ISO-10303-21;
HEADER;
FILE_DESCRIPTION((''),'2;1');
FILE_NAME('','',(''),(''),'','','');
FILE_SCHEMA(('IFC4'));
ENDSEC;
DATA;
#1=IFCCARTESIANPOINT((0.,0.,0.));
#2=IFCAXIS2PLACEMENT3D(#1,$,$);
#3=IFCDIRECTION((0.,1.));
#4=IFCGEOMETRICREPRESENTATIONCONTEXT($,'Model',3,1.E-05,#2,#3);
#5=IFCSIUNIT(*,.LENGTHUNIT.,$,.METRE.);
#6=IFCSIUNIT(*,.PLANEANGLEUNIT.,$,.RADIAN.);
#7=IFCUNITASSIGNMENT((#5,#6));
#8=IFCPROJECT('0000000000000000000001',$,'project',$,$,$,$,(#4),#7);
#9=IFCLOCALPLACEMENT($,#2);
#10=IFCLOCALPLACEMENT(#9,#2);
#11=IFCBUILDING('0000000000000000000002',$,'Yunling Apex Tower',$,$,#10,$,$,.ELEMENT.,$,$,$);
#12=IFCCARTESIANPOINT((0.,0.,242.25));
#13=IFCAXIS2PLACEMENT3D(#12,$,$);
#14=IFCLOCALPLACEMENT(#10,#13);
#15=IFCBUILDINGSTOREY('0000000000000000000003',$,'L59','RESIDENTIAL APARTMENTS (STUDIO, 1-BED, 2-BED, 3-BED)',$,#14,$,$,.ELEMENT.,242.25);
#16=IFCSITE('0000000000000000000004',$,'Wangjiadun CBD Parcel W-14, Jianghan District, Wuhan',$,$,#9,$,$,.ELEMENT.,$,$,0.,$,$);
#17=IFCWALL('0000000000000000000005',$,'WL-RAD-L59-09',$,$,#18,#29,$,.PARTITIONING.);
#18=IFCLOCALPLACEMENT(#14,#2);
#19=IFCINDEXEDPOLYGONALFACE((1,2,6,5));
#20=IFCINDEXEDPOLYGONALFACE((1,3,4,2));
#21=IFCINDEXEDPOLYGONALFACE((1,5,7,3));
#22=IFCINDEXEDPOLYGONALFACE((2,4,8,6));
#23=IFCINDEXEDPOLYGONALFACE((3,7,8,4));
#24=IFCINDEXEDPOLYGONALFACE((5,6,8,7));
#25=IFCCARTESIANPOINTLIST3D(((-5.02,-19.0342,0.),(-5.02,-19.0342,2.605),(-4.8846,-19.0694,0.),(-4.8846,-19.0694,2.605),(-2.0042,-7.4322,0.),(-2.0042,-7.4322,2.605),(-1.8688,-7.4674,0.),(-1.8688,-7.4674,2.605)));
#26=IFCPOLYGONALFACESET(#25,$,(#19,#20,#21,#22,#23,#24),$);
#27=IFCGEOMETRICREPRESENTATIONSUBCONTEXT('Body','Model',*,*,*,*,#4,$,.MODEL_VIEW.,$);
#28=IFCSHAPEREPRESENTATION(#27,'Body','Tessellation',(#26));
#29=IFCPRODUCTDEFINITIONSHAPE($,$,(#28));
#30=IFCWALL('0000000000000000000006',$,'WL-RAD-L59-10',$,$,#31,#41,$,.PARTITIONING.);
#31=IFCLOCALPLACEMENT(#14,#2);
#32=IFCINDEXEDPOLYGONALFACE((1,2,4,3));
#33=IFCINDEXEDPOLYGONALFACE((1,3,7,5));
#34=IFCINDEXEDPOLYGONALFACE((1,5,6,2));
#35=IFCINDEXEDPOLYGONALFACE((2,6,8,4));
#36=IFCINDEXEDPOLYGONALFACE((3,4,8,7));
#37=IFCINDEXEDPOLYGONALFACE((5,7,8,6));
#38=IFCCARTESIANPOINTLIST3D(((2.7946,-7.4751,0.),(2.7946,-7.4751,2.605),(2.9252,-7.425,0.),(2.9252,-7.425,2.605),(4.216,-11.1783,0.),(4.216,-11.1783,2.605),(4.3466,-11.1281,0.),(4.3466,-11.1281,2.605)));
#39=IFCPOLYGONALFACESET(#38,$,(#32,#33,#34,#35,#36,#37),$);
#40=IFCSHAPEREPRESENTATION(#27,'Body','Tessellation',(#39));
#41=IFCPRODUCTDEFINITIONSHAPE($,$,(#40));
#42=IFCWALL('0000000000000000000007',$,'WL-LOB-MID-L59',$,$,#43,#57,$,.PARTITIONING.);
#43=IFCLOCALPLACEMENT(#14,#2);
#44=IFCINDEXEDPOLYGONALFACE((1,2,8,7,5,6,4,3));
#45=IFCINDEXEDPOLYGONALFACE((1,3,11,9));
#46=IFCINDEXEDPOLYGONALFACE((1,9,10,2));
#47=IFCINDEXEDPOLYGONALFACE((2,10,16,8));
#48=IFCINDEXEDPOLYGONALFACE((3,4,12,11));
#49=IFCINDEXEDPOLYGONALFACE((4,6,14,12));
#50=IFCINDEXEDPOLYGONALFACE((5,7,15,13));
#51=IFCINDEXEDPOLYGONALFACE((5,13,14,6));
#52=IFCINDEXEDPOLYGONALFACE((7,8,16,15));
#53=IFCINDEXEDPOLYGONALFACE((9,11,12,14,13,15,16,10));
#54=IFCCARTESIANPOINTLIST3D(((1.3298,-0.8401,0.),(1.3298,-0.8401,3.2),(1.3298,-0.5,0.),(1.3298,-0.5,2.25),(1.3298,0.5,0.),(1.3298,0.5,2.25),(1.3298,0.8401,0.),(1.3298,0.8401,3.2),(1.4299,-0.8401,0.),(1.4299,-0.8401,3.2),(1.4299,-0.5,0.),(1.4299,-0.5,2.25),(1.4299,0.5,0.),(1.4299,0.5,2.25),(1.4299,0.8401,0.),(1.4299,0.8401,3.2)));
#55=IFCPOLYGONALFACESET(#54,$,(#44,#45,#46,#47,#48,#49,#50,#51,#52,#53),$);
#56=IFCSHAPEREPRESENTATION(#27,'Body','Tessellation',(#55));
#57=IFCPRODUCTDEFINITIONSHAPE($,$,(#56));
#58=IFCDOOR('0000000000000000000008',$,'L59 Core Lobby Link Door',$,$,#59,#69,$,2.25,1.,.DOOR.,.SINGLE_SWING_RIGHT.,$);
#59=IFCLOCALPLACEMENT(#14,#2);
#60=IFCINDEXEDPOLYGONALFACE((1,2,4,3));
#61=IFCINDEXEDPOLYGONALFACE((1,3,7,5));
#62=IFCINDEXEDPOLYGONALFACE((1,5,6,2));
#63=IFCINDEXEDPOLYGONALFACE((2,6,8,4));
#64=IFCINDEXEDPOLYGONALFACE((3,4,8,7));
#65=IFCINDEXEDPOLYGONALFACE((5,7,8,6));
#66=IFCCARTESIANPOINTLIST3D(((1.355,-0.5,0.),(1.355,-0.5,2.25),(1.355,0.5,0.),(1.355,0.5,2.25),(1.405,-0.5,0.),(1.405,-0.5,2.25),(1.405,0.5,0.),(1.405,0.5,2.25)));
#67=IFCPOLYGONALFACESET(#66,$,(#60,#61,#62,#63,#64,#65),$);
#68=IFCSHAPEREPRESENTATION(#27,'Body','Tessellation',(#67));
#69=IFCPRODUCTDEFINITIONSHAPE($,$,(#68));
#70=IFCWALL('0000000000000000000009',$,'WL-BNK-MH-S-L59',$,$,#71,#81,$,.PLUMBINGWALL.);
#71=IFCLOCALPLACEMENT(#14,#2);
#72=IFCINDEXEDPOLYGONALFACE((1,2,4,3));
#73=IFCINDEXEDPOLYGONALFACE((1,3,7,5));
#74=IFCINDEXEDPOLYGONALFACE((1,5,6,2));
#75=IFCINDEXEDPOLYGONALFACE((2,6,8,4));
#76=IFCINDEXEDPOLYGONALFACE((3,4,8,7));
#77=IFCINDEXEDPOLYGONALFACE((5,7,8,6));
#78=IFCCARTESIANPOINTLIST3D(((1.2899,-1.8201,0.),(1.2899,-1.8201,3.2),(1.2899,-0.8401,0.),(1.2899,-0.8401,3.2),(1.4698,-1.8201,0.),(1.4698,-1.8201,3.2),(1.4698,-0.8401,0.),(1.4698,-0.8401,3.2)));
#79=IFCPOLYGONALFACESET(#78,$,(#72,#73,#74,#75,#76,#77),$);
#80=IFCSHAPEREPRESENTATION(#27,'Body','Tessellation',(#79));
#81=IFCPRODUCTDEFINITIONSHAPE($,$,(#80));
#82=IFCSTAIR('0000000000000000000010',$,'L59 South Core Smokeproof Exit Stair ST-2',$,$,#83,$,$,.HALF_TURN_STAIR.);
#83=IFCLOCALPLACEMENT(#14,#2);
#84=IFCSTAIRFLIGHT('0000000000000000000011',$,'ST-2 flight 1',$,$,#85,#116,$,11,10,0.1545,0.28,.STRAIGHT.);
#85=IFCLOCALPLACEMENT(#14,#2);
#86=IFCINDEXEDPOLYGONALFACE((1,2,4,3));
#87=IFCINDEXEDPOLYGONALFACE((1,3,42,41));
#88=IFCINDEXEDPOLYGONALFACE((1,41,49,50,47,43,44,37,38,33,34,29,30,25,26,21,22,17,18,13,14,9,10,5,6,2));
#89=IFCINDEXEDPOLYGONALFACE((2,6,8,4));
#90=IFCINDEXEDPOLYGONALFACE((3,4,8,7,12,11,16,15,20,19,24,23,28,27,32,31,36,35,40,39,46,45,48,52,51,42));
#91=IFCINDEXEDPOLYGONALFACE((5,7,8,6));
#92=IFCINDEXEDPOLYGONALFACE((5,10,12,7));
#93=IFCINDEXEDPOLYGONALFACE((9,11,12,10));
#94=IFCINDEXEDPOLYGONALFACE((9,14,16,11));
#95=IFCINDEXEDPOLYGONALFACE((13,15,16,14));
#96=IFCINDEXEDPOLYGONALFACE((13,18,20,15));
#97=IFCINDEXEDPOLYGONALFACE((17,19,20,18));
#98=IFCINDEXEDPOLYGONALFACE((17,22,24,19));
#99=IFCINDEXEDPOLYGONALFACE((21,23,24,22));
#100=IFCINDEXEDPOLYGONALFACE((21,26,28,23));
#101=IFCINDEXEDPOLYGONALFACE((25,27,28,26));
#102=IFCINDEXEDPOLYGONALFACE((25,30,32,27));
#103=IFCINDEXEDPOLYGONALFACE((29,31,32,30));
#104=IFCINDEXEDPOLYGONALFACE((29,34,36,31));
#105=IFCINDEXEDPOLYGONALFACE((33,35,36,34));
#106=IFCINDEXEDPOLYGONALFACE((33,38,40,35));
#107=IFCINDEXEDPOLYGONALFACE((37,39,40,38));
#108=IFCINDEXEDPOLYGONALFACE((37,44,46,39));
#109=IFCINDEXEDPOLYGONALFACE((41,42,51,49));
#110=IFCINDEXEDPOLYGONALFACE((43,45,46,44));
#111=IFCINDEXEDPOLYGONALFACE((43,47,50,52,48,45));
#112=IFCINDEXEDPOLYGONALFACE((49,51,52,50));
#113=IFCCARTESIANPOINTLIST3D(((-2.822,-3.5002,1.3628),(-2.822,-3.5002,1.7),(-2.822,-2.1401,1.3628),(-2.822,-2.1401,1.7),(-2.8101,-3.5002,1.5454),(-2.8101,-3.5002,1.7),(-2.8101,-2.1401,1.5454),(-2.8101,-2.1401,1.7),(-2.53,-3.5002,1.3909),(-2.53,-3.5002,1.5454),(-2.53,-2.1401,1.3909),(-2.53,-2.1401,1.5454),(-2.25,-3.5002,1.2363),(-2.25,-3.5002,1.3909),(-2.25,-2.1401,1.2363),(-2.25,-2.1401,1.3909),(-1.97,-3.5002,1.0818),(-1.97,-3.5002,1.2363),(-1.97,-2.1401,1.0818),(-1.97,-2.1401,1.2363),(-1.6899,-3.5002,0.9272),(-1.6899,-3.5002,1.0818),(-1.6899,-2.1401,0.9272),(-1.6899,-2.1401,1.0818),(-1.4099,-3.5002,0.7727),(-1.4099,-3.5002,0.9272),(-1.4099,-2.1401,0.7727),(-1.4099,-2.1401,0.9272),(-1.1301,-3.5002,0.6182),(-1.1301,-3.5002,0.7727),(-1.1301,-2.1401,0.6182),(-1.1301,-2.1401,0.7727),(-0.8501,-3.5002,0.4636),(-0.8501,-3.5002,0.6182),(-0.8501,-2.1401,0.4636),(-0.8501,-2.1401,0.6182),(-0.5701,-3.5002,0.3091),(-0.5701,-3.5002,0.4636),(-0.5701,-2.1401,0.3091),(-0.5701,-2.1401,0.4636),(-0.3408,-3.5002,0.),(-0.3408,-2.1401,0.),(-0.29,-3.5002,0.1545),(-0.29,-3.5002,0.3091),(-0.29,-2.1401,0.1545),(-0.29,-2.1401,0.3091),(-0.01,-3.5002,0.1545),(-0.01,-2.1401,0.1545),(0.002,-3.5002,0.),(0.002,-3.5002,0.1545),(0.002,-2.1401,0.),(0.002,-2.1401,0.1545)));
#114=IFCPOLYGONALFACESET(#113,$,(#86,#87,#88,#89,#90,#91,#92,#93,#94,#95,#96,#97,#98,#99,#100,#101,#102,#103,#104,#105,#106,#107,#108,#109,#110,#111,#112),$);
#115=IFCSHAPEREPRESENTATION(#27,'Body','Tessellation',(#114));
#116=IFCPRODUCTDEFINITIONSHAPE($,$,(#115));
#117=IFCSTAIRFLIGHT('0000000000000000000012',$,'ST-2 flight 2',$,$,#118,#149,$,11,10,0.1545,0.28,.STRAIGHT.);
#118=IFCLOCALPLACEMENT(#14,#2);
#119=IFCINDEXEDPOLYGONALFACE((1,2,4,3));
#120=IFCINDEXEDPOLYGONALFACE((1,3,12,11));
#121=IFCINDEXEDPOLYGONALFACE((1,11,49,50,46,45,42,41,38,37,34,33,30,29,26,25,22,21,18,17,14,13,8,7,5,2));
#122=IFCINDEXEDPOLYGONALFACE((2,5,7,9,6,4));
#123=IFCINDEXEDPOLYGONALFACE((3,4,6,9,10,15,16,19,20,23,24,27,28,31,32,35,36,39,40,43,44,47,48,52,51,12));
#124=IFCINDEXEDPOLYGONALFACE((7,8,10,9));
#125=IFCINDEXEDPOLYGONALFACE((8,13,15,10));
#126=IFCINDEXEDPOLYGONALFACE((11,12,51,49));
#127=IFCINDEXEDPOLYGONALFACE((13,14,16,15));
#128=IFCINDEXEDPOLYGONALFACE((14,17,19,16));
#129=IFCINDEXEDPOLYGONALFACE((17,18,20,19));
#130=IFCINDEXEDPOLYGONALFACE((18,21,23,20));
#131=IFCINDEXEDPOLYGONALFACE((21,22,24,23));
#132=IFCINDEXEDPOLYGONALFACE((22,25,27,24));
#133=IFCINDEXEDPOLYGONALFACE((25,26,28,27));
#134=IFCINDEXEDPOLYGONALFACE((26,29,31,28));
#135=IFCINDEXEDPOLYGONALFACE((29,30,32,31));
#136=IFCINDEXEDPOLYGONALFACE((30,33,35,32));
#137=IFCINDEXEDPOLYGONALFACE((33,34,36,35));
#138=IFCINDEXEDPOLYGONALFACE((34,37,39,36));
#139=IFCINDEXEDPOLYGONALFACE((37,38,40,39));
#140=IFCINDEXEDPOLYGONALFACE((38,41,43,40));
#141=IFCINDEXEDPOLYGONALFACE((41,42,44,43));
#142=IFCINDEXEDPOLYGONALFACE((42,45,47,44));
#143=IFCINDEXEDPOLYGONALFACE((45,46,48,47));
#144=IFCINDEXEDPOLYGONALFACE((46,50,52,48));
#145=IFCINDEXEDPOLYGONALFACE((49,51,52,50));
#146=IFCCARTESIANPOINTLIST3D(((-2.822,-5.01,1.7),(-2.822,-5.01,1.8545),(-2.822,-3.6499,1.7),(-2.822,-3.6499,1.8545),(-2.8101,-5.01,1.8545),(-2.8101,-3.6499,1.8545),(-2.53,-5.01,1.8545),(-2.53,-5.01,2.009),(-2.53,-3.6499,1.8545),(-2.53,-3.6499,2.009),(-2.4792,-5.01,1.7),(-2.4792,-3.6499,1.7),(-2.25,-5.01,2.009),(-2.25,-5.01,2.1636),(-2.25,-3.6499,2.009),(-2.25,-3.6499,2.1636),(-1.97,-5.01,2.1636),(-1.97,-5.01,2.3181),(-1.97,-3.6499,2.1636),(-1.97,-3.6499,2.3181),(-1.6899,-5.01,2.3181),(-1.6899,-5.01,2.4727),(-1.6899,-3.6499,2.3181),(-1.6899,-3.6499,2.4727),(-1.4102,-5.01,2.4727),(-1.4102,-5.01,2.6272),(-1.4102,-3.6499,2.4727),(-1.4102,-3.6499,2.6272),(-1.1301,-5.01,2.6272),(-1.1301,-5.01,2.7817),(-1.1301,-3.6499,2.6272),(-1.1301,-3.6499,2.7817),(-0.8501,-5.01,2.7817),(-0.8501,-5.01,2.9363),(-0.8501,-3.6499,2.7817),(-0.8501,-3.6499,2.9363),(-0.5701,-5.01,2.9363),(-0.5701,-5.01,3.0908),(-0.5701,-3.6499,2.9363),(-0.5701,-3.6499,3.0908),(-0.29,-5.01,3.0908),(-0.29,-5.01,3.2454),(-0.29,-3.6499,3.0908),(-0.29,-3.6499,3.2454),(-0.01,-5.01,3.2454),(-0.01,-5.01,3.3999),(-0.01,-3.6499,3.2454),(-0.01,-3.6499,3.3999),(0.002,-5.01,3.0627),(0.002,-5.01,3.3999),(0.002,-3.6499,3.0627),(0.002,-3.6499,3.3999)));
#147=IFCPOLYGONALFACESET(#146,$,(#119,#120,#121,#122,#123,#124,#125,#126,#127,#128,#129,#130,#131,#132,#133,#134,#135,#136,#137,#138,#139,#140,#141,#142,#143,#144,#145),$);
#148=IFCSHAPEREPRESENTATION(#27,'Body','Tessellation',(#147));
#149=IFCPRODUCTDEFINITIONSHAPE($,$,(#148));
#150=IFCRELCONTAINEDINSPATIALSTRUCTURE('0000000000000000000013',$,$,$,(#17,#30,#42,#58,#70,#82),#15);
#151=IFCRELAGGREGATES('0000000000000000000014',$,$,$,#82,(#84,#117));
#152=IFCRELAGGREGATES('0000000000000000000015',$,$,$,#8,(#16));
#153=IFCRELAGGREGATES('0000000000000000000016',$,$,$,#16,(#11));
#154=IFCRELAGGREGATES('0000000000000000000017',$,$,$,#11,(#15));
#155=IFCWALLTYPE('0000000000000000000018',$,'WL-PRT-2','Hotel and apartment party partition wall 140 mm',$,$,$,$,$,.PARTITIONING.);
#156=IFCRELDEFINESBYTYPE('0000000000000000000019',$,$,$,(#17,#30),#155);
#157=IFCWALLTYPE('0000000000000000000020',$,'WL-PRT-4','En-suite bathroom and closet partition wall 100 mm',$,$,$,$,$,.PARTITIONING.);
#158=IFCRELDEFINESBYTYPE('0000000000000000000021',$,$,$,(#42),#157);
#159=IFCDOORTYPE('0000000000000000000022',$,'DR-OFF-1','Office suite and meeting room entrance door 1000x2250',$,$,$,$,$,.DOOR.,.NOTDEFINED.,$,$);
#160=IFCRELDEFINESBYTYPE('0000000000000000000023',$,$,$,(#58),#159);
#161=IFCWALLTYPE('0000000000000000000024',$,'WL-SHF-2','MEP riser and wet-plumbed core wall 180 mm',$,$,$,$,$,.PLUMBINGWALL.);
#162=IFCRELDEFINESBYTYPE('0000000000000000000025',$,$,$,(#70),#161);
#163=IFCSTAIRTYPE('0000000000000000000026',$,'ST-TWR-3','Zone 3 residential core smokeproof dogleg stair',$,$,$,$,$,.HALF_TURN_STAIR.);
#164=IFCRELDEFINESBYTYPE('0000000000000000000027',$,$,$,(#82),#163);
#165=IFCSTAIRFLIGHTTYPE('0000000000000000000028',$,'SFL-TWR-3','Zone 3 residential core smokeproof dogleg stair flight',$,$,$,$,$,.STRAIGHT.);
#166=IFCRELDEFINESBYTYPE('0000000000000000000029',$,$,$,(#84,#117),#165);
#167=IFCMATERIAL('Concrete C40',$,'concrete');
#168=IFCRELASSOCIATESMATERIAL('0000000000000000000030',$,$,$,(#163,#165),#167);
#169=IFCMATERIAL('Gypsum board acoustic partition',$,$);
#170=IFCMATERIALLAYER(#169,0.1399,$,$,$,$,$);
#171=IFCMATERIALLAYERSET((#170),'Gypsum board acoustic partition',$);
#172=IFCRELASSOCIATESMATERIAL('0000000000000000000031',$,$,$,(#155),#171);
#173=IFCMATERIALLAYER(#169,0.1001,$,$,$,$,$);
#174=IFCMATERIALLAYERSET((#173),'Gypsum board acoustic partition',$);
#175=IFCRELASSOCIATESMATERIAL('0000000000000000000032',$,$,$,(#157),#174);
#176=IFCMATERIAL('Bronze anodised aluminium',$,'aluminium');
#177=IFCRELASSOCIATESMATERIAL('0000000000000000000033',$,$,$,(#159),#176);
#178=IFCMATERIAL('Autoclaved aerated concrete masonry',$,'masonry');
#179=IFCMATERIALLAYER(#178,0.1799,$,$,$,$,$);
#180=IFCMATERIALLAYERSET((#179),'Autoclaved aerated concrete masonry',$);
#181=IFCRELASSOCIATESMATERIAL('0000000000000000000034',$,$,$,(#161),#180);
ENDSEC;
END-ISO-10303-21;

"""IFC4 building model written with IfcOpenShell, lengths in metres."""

from ifc_helpers import new_model, si_unit, direction, frame, frame_2d, origin, place, context, subcontext, project, spatial, polyline, rectangle, outline, extrude, material, layer, layer_set, type_object, element, fill, aggregate, save


model = new_model("IFC4")

# Units and contexts
model_context = context("Model", 3, precision=1e-05, world=origin(), true_north=direction((0.0, 1.0)))
body_context = subcontext(model_context, "Body", "Model", "MODEL_VIEW")
ifc_project = project(units=[si_unit("LENGTHUNIT", "METRE"), si_unit("PLANEANGLEUNIT", "RADIAN")], contexts=[model_context])

# Site, building, storey
site_placement = place(None, origin())
site = spatial("IfcSite", under=ifc_project, at=site_placement, Name="Wangjiadun CBD Parcel W-14, Jianghan District, Wuhan", CompositionType="ELEMENT", RefElevation=0.0)
building_placement = place(site_placement, origin())
building = spatial("IfcBuilding", under=site, at=building_placement, Name="Yunling Apex Tower", CompositionType="ELEMENT")
storey_placement = place(building_placement, frame((0.0, 0.0, 242.25)))
storey = spatial("IfcBuildingStorey", under=building, at=storey_placement, Name="L59", Description="RESIDENTIAL APARTMENTS (STUDIO, 1-BED, 2-BED, 3-BED)", CompositionType="ELEMENT", Elevation=242.25)

# Shared definitions
ifc_material_1 = material(Name="Bronze anodised aluminium", Category="aluminium")

# Shared definitions
ifc_material_2 = material(Name="Concrete C40", Category="concrete")

# Shared definitions
stair_type = type_object("IfcStairType", Name="ST-TWR-3", Description="Zone 3 residential core smokeproof dogleg stair", PredefinedType="HALF_TURN_STAIR", material=ifc_material_2)

# Walls
ifc_material_3 = material(Name="Gypsum board acoustic partition")
ifc_layer_1 = layer(ifc_material_3, 0.1399)
ifc_layer_set_1 = layer_set([ifc_layer_1], Name="Gypsum board acoustic partition")
wall_type_1 = type_object("IfcWallType", Name="WL-PRT-2", Description="Hotel and apartment party partition wall 140 mm", PredefinedType="PARTITIONING", material=ifc_layer_set_1)
wall_1_placement = place(storey_placement, frame((-1.9365, -7.45, 0.0), z_axis=(0.0, 0.0, 1.0), x_axis=(-0.251582, -0.967836, 0.0)))
element("IfcWall", 1, at=wall_1_placement, inside=storey, type_object=wall_type_1, Name="WL-RAD-L59-09", PredefinedType="PARTITIONING", context=body_context, shape_type="SweptSolid", body=[
    extrude(rectangle(XDim=11.9875, YDim=0.1399, at=frame_2d((5.9937, 0.0))), origin(), (0.0, 0.0, 1.0), 2.605),
])
wall_2_placement = place(storey_placement, frame((2.8599, -7.45, 0.0), z_axis=(0.0, 0.0, 1.0), x_axis=(0.358344, -0.93359, 0.0)))
element("IfcWall", 2, at=wall_2_placement, inside=storey, type_object=wall_type_1, Name="WL-RAD-L59-10", PredefinedType="PARTITIONING", context=body_context, shape_type="SweptSolid", body=[
    extrude(rectangle(XDim=3.9666, YDim=0.1399, at=frame_2d((1.9834, 0.0))), origin(), (0.0, 0.0, 1.0), 2.605),
])

# Wall, opening, door
ifc_layer_2 = layer(ifc_material_3, 0.1001)
ifc_layer_set_2 = layer_set([ifc_layer_2], Name="Gypsum board acoustic partition")
wall_type_2 = type_object("IfcWallType", Name="WL-PRT-4", Description="En-suite bathroom and closet partition wall 100 mm", PredefinedType="PARTITIONING", material=ifc_layer_set_2)
wall_3_placement = place(storey_placement, frame((1.3799, -0.8401, 0.0), z_axis=(0.0, 0.0, 1.0), x_axis=(0.0, 1.0, 0.0)))
wall_3 = element("IfcWall", 3, at=wall_3_placement, inside=storey, type_object=wall_type_2, Name="WL-LOB-MID-L59", PredefinedType="PARTITIONING", context=body_context, shape_type="SweptSolid", body=[
    extrude(rectangle(XDim=1.6802, YDim=0.1001, at=frame_2d((0.8401, 0.0))), origin(), (0.0, 0.0, 1.0), 3.2),
])
opening_1_placement = place(wall_3_placement, frame((0.3401, 0.0, 0.0)))
opening_1 = element("IfcOpeningElement", 4, at=opening_1_placement, cuts=wall_3, PredefinedType="OPENING", context=body_context, shape_type="SweptSolid", body=[
    extrude(rectangle(XDim=1.0, YDim=2.25, at=frame_2d((0.5, 1.125))), frame((0.0, 0.0601, 0.0), z_axis=(0.0, -1.0, 0.0), x_axis=(1.0, 0.0, 0.0)), (0.0, 0.0, 1.0), 0.1201),
])
door_type_1 = type_object("IfcDoorType", Name="DR-OFF-1", Description="Office suite and meeting room entrance door 1000x2250", OperationType="NOTDEFINED", PredefinedType="DOOR", material=ifc_material_1)
door_1_placement = place(opening_1_placement, origin())
door_1 = element("IfcDoor", 5, at=door_1_placement, inside=storey, type_object=door_type_1, Name="L59 Core Lobby Link Door", OperationType="SINGLE_SWING_RIGHT", OverallHeight=2.25, OverallWidth=1.0, PredefinedType="DOOR", context=body_context, shape_type="SweptSolid", body=[
    extrude(rectangle(XDim=1.0, YDim=2.25, at=frame_2d((0.5, 1.125))), frame((0.0, 0.0249, 0.0), z_axis=(0.0, -1.0, 0.0), x_axis=(1.0, 0.0, 0.0)), (0.0, 0.0, 1.0), 0.05),
])
fill(opening_1, door_1)
ifc_material_4 = material(Name="Autoclaved aerated concrete masonry", Category="masonry")

# Wall
ifc_layer_3 = layer(ifc_material_4, 0.1799)
ifc_layer_set_3 = layer_set([ifc_layer_3], Name="Autoclaved aerated concrete masonry")
wall_type_3 = type_object("IfcWallType", Name="WL-SHF-2", Description="MEP riser and wet-plumbed core wall 180 mm", PredefinedType="PLUMBINGWALL", material=ifc_layer_set_3)
wall_4_placement = place(storey_placement, frame((1.3799, -1.8201, 0.0), z_axis=(0.0, 0.0, 1.0), x_axis=(0.0, 1.0, 0.0)))
element("IfcWall", 6, at=wall_4_placement, inside=storey, type_object=wall_type_3, Name="WL-BNK-MH-S-L59", PredefinedType="PLUMBINGWALL", context=body_context, shape_type="SweptSolid", body=[
    extrude(rectangle(XDim=0.98, YDim=0.1799, at=frame_2d((0.49, 0.0))), origin(), (0.0, 0.0, 1.0), 3.2),
])

# Stair, stair flights
stair_1_placement = place(storey_placement, origin())
stair_1 = element("IfcStair", 7, at=stair_1_placement, inside=storey, type_object=stair_type, Name="L59 South Core Smokeproof Exit Stair ST-2", PredefinedType="HALF_TURN_STAIR")
stair_flight_type = type_object("IfcStairFlightType", Name="SFL-TWR-3", Description="Zone 3 residential core smokeproof dogleg stair flight", PredefinedType="STRAIGHT", material=ifc_material_2)
stair_flight_1_placement = place(storey_placement, frame((-0.01, -2.8201, 0.0), z_axis=(0.0, 0.0, 1.0), x_axis=(-1.0, 0.0, 0.0)))
stair_flight_1 = element("IfcStairFlight", 8, at=stair_flight_1_placement, type_object=stair_flight_type, Name="ST-2 flight 1", NumberOfRisers=11, NumberOfTreads=10, PredefinedType="STRAIGHT", RiserHeight=0.1545, TreadLength=0.28, context=body_context, shape_type="SweptSolid", body=[
    extrude(outline(polyline([(-0.012, 0.0), (-0.012, 0.1545), (0.0, 0.1545), (0.28, 0.1545), (0.28, 0.3091), (0.5601, 0.3091), (0.5601, 0.4636), (0.8401, 0.4636), (0.8401, 0.6182), (1.1201, 0.6182), (1.1201, 0.7727), (1.3999, 0.7727), (1.3999, 0.9272), (1.6799, 0.9272), (1.6799, 1.0818), (1.96, 1.0818), (1.96, 1.2363), (2.24, 1.2363), (2.24, 1.3909), (2.52, 1.3909), (2.52, 1.5454), (2.8, 1.5454), (2.8, 1.7), (2.812, 1.7), (2.812, 1.3628), (0.3308, 0.0), (-0.012, 0.0)])), frame((0.0, 0.6802, 0.0), z_axis=(0.0, -1.0, 0.0), x_axis=(1.0, 0.0, 0.0)), (0.0, 0.0, 1.0), 1.3601),
])
stair_flight_2_placement = place(storey_placement, frame((-2.8101, -4.3301, 1.7), z_axis=(0.0, 0.0, 1.0), x_axis=(1.0, 0.0, 0.0)))
stair_flight_2 = element("IfcStairFlight", 9, at=stair_flight_2_placement, type_object=stair_flight_type, Name="ST-2 flight 2", NumberOfRisers=11, NumberOfTreads=10, PredefinedType="STRAIGHT", RiserHeight=0.1545, TreadLength=0.28, context=body_context, shape_type="SweptSolid", body=[
    extrude(outline(polyline([(-0.012, 0.0), (-0.012, 0.1545), (0.0, 0.1545), (0.28, 0.1545), (0.28, 0.3091), (0.5601, 0.3091), (0.5601, 0.4636), (0.8401, 0.4636), (0.8401, 0.6182), (1.1201, 0.6182), (1.1201, 0.7727), (1.3999, 0.7727), (1.3999, 0.9272), (1.6799, 0.9272), (1.6799, 1.0818), (1.96, 1.0818), (1.96, 1.2363), (2.24, 1.2363), (2.24, 1.3909), (2.52, 1.3909), (2.52, 1.5454), (2.8, 1.5454), (2.8, 1.7), (2.812, 1.7), (2.812, 1.3628), (0.3308, 0.0), (-0.012, 0.0)])), frame((0.0, 0.6802, 0.0), z_axis=(0.0, -1.0, 0.0), x_axis=(1.0, 0.0, 0.0)), (0.0, 0.0, 1.0), 1.3601),
])
aggregate(stair_1, [stair_flight_1, stair_flight_2])

save(model, "model.ifc")
